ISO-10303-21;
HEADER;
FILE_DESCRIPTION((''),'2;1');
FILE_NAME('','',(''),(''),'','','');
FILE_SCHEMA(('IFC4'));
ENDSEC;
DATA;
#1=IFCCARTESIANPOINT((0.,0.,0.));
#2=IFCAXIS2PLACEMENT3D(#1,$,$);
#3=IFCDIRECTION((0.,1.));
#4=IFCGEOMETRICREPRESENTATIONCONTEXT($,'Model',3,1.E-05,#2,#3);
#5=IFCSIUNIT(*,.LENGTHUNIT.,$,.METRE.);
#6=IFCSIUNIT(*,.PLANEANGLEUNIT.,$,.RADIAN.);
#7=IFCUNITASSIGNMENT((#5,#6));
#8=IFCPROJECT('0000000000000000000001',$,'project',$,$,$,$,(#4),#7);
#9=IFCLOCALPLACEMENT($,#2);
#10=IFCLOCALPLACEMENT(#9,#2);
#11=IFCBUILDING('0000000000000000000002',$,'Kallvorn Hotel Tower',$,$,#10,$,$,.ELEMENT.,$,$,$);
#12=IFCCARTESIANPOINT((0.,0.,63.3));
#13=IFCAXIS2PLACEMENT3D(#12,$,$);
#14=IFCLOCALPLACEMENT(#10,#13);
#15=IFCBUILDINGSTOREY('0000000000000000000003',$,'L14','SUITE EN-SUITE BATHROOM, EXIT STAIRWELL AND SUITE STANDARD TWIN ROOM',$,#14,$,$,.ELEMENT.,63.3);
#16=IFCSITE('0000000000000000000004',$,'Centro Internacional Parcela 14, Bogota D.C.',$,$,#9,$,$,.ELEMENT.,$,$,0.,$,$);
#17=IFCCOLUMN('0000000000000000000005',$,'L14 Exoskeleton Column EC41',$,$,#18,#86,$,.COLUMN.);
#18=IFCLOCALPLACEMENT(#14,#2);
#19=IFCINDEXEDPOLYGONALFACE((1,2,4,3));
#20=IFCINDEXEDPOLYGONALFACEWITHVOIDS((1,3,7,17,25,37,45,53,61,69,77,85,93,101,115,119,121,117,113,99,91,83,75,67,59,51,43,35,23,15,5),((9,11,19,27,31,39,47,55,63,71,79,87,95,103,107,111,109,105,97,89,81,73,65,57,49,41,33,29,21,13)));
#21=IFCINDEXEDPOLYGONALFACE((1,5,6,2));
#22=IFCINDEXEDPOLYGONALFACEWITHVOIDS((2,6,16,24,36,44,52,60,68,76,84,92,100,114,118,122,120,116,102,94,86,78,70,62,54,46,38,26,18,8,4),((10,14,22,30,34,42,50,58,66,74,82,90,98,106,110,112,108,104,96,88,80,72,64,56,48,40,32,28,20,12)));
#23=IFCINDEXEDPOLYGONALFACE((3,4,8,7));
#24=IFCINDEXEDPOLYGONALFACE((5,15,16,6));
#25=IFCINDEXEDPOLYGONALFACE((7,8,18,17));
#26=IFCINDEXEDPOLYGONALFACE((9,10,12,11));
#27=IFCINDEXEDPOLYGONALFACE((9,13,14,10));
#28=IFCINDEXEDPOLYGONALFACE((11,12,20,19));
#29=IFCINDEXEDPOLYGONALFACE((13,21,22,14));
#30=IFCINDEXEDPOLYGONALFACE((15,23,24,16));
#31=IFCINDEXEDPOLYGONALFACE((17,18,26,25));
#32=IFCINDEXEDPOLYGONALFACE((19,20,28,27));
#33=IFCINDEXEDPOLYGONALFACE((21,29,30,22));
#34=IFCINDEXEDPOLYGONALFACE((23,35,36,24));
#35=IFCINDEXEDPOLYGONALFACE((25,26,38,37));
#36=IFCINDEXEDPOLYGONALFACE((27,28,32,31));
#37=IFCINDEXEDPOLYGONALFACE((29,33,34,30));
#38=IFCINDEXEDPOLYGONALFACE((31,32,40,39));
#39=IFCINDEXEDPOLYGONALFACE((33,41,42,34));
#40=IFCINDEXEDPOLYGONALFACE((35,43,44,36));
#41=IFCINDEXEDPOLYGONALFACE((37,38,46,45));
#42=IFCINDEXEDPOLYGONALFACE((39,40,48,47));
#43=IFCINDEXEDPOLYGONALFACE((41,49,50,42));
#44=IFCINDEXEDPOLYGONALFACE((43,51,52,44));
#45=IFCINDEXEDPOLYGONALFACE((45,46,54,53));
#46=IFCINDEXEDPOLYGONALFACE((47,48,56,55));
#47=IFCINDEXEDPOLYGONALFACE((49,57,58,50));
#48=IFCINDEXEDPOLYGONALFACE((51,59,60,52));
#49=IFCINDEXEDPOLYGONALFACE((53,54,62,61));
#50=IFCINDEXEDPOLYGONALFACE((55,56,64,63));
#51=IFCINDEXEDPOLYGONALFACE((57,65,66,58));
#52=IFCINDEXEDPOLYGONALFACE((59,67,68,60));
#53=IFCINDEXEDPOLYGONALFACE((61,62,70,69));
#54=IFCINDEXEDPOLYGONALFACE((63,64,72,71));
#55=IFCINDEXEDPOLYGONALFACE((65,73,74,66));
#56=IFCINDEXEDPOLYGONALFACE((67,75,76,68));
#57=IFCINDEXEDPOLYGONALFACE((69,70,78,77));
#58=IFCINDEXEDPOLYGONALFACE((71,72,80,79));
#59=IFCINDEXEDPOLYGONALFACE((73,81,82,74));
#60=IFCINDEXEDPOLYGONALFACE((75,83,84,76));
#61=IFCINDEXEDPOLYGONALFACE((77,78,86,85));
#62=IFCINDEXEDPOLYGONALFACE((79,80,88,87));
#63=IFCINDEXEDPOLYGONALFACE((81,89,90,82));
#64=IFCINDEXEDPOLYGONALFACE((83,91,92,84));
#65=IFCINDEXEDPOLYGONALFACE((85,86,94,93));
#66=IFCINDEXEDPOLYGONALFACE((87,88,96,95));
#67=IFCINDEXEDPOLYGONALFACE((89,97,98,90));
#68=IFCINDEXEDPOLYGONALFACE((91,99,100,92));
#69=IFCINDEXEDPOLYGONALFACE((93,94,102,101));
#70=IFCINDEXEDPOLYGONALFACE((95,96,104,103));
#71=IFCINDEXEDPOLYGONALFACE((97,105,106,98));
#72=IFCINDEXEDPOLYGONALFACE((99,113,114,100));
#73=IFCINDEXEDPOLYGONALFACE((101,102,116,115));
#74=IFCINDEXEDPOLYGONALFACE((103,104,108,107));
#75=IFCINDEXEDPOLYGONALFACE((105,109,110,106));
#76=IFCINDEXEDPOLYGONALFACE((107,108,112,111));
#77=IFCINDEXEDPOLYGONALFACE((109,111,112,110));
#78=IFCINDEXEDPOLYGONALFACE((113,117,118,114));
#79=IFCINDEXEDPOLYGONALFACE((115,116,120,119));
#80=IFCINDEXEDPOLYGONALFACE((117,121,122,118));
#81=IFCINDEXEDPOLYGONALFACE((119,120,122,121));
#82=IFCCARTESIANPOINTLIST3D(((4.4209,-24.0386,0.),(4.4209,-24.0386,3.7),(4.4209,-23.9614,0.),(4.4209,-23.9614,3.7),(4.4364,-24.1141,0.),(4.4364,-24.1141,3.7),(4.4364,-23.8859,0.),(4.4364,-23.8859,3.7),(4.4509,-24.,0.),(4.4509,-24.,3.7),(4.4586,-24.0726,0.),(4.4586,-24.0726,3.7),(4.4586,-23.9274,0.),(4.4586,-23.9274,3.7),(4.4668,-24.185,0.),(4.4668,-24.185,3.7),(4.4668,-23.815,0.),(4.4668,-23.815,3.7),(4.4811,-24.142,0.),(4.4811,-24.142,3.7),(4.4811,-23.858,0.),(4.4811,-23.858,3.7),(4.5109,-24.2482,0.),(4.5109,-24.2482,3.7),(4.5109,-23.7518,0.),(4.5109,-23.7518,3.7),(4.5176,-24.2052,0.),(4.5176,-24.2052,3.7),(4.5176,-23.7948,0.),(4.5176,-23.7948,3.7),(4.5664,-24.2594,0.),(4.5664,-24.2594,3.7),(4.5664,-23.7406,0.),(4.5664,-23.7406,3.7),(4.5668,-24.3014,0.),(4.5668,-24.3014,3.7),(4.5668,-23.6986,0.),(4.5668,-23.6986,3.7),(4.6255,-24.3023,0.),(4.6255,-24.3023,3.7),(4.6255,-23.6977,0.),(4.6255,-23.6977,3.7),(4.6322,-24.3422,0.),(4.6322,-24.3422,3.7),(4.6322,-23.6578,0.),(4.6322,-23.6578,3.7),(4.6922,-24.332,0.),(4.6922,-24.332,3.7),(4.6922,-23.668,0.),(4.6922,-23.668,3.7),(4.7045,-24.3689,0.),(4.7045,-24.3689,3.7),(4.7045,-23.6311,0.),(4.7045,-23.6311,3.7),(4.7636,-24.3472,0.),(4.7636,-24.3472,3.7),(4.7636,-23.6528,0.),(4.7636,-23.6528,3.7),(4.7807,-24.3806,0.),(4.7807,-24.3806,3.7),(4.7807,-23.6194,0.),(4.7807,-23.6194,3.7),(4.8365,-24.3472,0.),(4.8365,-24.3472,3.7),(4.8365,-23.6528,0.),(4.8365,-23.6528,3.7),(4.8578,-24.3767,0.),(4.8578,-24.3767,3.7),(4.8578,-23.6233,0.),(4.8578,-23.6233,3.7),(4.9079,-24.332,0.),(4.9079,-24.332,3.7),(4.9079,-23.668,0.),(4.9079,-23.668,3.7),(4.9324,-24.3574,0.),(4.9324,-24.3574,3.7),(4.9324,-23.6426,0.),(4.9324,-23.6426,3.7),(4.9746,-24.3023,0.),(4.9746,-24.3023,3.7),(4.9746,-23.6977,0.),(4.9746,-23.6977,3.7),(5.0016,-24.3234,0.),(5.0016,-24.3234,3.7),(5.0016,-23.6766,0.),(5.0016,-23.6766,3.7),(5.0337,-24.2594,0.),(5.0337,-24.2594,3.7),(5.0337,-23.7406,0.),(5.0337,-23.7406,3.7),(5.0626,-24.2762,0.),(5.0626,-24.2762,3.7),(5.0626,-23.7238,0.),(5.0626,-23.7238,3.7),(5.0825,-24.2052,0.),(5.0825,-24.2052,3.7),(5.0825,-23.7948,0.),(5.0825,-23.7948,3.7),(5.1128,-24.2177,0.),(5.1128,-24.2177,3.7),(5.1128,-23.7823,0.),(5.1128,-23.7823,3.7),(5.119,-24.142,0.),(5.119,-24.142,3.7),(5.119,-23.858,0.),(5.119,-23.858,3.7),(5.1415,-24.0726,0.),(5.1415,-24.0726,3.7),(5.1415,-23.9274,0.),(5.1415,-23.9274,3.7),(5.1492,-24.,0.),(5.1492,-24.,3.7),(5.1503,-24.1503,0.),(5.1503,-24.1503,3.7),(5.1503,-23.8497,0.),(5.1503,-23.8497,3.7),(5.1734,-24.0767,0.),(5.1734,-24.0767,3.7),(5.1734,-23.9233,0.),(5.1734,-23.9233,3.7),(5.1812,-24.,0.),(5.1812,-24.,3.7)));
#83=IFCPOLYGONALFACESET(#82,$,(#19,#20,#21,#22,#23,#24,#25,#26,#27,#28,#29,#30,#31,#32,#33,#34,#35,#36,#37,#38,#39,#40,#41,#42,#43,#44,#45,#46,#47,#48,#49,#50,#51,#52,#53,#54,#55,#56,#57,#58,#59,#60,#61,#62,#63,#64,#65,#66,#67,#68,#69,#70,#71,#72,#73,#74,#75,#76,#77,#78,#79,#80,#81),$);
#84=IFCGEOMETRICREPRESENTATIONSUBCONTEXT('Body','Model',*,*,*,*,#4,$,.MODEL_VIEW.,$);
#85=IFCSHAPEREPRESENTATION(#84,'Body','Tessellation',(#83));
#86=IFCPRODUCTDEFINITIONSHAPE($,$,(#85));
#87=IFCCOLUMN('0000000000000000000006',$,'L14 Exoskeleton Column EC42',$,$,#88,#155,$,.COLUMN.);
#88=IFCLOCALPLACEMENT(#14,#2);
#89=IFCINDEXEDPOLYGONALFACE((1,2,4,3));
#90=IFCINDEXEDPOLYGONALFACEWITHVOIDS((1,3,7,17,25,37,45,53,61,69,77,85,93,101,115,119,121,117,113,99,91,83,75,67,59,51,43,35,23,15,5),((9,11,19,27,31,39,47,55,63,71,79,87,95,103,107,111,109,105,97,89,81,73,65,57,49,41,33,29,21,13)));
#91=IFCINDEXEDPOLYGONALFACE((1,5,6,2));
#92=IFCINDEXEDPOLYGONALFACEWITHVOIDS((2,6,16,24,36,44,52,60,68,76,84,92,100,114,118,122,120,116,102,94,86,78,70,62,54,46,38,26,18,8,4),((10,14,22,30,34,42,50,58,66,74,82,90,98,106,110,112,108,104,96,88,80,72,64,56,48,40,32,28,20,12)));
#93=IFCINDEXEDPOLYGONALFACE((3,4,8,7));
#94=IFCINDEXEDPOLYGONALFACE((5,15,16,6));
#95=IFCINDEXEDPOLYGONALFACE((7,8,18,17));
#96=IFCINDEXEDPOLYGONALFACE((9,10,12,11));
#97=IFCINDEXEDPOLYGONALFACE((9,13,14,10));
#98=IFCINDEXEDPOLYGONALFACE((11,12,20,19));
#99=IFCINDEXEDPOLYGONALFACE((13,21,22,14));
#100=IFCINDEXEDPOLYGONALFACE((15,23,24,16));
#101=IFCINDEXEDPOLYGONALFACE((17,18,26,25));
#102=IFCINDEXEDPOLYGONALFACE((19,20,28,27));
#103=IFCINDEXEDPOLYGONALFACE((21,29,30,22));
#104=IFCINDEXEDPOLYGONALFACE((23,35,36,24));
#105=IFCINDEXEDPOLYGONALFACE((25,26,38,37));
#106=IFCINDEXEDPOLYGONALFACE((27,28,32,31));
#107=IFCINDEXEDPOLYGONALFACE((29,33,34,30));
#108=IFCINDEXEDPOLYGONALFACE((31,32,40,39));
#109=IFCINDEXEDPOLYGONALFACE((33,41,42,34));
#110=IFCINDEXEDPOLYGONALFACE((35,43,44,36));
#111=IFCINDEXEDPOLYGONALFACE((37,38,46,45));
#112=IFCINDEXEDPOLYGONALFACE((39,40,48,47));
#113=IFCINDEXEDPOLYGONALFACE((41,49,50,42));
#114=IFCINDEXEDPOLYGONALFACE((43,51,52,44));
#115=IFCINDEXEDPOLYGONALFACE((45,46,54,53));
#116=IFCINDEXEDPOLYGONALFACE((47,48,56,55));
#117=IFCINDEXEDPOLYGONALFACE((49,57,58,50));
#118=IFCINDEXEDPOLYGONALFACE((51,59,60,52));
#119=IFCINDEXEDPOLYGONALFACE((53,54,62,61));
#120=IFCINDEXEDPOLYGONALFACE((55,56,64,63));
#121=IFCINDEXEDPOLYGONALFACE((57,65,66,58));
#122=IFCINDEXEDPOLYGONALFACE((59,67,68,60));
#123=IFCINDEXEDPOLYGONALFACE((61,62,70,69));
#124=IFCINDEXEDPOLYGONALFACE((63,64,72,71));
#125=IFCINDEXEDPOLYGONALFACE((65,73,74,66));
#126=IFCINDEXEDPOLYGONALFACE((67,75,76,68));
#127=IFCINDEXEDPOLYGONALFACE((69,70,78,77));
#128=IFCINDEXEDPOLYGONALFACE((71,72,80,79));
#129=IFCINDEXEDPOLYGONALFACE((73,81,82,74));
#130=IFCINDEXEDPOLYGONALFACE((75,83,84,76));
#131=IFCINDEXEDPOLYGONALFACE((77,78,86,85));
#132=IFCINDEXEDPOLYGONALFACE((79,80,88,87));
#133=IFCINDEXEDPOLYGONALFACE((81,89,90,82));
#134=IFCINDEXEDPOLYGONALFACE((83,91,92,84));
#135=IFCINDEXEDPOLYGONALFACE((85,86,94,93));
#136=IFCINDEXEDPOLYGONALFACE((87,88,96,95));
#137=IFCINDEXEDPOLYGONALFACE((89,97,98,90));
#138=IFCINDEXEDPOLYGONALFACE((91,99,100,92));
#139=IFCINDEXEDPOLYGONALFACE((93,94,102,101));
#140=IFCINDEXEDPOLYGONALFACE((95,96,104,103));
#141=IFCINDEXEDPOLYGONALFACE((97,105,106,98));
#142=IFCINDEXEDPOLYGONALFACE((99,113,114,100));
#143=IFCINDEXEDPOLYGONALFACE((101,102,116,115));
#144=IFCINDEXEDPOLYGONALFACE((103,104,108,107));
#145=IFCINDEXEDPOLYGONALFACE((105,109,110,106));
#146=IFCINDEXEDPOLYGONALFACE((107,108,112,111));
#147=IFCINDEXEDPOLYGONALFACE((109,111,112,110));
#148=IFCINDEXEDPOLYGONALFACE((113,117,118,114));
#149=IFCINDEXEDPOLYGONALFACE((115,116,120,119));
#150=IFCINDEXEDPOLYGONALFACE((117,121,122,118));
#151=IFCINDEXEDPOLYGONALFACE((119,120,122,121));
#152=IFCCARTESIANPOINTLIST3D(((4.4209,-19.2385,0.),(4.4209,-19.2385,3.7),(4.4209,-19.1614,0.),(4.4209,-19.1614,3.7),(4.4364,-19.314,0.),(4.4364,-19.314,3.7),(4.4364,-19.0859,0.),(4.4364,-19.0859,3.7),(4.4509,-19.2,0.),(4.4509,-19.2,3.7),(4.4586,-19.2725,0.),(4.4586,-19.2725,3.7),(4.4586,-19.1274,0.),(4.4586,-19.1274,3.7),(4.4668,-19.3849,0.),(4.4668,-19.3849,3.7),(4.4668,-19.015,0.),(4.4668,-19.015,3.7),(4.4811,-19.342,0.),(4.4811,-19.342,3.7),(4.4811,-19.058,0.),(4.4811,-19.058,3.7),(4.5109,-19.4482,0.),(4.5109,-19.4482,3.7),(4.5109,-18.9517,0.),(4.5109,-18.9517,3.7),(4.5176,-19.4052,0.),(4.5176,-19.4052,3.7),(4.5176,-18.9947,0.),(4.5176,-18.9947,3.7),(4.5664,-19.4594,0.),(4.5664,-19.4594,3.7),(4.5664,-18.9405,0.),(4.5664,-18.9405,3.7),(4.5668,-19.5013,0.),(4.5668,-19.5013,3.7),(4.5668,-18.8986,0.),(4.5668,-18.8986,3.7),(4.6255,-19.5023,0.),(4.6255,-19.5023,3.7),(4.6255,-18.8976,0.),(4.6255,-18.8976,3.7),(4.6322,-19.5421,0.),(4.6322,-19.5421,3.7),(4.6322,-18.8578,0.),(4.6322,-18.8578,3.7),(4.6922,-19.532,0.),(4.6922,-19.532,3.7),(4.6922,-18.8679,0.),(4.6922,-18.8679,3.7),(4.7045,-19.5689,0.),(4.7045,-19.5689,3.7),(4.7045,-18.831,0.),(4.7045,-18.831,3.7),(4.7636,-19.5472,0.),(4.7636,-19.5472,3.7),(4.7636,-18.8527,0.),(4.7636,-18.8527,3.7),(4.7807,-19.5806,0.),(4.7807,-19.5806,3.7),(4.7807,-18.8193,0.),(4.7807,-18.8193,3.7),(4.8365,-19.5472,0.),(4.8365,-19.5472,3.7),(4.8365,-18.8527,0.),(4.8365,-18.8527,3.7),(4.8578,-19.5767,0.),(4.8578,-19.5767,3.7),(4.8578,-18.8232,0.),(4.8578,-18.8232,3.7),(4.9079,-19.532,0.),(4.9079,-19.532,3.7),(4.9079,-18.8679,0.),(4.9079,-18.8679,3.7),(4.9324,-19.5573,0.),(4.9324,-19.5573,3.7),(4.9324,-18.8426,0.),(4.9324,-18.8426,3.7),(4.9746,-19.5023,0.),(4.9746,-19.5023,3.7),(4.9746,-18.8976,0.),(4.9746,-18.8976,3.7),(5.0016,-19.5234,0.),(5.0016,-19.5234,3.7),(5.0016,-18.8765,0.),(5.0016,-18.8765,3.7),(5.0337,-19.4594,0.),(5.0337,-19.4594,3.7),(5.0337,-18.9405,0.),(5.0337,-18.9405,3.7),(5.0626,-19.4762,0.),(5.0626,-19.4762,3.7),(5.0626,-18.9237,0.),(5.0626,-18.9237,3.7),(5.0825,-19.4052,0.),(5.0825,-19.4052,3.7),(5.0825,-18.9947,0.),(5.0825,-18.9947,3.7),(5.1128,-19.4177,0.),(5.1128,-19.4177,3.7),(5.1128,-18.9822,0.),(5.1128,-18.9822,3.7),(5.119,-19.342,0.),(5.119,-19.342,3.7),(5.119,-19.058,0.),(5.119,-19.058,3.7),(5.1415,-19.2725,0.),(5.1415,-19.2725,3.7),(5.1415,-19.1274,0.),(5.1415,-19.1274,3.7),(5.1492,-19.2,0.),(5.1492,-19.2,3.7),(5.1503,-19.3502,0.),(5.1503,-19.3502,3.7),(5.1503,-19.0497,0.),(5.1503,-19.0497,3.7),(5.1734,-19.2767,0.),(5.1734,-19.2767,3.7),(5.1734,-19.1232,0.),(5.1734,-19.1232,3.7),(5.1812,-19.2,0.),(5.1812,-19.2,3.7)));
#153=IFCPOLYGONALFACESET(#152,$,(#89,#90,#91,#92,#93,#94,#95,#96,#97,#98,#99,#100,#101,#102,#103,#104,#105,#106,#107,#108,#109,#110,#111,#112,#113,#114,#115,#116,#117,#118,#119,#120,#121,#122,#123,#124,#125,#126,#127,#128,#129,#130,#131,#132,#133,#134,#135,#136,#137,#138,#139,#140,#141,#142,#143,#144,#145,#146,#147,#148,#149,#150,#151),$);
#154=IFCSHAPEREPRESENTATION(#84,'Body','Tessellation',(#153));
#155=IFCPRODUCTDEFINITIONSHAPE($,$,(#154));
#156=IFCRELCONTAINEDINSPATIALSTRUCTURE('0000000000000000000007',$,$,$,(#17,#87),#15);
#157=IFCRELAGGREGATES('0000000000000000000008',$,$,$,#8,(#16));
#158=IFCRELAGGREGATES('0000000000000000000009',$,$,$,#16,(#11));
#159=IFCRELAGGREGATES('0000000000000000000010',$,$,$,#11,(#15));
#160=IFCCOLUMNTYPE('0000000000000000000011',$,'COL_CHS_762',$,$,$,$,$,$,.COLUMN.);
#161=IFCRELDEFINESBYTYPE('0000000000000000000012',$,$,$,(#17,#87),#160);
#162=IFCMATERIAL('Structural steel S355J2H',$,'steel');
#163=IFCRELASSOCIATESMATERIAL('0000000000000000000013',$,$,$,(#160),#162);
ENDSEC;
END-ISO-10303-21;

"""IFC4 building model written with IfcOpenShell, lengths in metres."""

from ifc_helpers import new_model, si_unit, direction, frame, origin, origin_2d, place, context, subcontext, project, spatial, hollow_circle, extrude, material, material_profile, profile_set, type_object, element, save


model = new_model("IFC4")

# Units and contexts
model_context = context("Model", 3, precision=1e-05, world=origin(), true_north=direction((0.0, 1.0)))
body_context = subcontext(model_context, "Body", "Model", "MODEL_VIEW")
ifc_project = project(units=[si_unit("LENGTHUNIT", "METRE"), si_unit("PLANEANGLEUNIT", "RADIAN")], contexts=[model_context])

# Site, building, storey
site_placement = place(None, origin())
site = spatial("IfcSite", under=ifc_project, at=site_placement, Name="Centro Internacional Parcela 14, Bogota D.C.", CompositionType="ELEMENT", RefElevation=0.0)
building_placement = place(site_placement, origin())
building = spatial("IfcBuilding", under=site, at=building_placement, Name="Kallvorn Hotel Tower", CompositionType="ELEMENT")
storey_placement = place(building_placement, frame((0.0, 0.0, 63.3)))
storey = spatial("IfcBuildingStorey", under=building, at=storey_placement, Name="L14", Description="SUITE EN-SUITE BATHROOM, EXIT STAIRWELL AND SUITE STANDARD TWIN ROOM", CompositionType="ELEMENT", Elevation=63.3)

# Columns
ifc_material_1 = material(Name="Structural steel S355J2H", Category="steel")
ifc_material_profile_1 = material_profile(ifc_material_1, hollow_circle(Radius=0.3811, WallThickness=0.032, at=origin_2d()), Name="CHS 762x32")
ifc_profile_set_1 = profile_set([ifc_material_profile_1], Name="Structural steel S355J2H")
column_type_1 = type_object("IfcColumnType", Name="COL_CHS_762", PredefinedType="COLUMN", material=ifc_profile_set_1)
for number, where, z_axis, x_axis, name in (
    (1, (4.8, -24.0, 0.0), (0.0, 0.0, 1.0), (1.0, 0.0, 0.0), "L14 Exoskeleton Column EC41"),
    (2, (4.8, -19.2, 0.0), (0.0, 0.0, 1.0), (1.0, 0.0, 0.0), "L14 Exoskeleton Column EC42"),
):
    element("IfcColumn", number, at=place(storey_placement, frame(where, z_axis=z_axis, x_axis=x_axis)), inside=storey, type_object=column_type_1, Name=name, PredefinedType="COLUMN", context=body_context, shape_type="SweptSolid", body=[
        extrude(hollow_circle(Radius=0.3811, WallThickness=0.032, at=origin_2d()), origin(), (0.0, 0.0, 1.0), 3.7),
    ])

save(model, "model.ifc")
